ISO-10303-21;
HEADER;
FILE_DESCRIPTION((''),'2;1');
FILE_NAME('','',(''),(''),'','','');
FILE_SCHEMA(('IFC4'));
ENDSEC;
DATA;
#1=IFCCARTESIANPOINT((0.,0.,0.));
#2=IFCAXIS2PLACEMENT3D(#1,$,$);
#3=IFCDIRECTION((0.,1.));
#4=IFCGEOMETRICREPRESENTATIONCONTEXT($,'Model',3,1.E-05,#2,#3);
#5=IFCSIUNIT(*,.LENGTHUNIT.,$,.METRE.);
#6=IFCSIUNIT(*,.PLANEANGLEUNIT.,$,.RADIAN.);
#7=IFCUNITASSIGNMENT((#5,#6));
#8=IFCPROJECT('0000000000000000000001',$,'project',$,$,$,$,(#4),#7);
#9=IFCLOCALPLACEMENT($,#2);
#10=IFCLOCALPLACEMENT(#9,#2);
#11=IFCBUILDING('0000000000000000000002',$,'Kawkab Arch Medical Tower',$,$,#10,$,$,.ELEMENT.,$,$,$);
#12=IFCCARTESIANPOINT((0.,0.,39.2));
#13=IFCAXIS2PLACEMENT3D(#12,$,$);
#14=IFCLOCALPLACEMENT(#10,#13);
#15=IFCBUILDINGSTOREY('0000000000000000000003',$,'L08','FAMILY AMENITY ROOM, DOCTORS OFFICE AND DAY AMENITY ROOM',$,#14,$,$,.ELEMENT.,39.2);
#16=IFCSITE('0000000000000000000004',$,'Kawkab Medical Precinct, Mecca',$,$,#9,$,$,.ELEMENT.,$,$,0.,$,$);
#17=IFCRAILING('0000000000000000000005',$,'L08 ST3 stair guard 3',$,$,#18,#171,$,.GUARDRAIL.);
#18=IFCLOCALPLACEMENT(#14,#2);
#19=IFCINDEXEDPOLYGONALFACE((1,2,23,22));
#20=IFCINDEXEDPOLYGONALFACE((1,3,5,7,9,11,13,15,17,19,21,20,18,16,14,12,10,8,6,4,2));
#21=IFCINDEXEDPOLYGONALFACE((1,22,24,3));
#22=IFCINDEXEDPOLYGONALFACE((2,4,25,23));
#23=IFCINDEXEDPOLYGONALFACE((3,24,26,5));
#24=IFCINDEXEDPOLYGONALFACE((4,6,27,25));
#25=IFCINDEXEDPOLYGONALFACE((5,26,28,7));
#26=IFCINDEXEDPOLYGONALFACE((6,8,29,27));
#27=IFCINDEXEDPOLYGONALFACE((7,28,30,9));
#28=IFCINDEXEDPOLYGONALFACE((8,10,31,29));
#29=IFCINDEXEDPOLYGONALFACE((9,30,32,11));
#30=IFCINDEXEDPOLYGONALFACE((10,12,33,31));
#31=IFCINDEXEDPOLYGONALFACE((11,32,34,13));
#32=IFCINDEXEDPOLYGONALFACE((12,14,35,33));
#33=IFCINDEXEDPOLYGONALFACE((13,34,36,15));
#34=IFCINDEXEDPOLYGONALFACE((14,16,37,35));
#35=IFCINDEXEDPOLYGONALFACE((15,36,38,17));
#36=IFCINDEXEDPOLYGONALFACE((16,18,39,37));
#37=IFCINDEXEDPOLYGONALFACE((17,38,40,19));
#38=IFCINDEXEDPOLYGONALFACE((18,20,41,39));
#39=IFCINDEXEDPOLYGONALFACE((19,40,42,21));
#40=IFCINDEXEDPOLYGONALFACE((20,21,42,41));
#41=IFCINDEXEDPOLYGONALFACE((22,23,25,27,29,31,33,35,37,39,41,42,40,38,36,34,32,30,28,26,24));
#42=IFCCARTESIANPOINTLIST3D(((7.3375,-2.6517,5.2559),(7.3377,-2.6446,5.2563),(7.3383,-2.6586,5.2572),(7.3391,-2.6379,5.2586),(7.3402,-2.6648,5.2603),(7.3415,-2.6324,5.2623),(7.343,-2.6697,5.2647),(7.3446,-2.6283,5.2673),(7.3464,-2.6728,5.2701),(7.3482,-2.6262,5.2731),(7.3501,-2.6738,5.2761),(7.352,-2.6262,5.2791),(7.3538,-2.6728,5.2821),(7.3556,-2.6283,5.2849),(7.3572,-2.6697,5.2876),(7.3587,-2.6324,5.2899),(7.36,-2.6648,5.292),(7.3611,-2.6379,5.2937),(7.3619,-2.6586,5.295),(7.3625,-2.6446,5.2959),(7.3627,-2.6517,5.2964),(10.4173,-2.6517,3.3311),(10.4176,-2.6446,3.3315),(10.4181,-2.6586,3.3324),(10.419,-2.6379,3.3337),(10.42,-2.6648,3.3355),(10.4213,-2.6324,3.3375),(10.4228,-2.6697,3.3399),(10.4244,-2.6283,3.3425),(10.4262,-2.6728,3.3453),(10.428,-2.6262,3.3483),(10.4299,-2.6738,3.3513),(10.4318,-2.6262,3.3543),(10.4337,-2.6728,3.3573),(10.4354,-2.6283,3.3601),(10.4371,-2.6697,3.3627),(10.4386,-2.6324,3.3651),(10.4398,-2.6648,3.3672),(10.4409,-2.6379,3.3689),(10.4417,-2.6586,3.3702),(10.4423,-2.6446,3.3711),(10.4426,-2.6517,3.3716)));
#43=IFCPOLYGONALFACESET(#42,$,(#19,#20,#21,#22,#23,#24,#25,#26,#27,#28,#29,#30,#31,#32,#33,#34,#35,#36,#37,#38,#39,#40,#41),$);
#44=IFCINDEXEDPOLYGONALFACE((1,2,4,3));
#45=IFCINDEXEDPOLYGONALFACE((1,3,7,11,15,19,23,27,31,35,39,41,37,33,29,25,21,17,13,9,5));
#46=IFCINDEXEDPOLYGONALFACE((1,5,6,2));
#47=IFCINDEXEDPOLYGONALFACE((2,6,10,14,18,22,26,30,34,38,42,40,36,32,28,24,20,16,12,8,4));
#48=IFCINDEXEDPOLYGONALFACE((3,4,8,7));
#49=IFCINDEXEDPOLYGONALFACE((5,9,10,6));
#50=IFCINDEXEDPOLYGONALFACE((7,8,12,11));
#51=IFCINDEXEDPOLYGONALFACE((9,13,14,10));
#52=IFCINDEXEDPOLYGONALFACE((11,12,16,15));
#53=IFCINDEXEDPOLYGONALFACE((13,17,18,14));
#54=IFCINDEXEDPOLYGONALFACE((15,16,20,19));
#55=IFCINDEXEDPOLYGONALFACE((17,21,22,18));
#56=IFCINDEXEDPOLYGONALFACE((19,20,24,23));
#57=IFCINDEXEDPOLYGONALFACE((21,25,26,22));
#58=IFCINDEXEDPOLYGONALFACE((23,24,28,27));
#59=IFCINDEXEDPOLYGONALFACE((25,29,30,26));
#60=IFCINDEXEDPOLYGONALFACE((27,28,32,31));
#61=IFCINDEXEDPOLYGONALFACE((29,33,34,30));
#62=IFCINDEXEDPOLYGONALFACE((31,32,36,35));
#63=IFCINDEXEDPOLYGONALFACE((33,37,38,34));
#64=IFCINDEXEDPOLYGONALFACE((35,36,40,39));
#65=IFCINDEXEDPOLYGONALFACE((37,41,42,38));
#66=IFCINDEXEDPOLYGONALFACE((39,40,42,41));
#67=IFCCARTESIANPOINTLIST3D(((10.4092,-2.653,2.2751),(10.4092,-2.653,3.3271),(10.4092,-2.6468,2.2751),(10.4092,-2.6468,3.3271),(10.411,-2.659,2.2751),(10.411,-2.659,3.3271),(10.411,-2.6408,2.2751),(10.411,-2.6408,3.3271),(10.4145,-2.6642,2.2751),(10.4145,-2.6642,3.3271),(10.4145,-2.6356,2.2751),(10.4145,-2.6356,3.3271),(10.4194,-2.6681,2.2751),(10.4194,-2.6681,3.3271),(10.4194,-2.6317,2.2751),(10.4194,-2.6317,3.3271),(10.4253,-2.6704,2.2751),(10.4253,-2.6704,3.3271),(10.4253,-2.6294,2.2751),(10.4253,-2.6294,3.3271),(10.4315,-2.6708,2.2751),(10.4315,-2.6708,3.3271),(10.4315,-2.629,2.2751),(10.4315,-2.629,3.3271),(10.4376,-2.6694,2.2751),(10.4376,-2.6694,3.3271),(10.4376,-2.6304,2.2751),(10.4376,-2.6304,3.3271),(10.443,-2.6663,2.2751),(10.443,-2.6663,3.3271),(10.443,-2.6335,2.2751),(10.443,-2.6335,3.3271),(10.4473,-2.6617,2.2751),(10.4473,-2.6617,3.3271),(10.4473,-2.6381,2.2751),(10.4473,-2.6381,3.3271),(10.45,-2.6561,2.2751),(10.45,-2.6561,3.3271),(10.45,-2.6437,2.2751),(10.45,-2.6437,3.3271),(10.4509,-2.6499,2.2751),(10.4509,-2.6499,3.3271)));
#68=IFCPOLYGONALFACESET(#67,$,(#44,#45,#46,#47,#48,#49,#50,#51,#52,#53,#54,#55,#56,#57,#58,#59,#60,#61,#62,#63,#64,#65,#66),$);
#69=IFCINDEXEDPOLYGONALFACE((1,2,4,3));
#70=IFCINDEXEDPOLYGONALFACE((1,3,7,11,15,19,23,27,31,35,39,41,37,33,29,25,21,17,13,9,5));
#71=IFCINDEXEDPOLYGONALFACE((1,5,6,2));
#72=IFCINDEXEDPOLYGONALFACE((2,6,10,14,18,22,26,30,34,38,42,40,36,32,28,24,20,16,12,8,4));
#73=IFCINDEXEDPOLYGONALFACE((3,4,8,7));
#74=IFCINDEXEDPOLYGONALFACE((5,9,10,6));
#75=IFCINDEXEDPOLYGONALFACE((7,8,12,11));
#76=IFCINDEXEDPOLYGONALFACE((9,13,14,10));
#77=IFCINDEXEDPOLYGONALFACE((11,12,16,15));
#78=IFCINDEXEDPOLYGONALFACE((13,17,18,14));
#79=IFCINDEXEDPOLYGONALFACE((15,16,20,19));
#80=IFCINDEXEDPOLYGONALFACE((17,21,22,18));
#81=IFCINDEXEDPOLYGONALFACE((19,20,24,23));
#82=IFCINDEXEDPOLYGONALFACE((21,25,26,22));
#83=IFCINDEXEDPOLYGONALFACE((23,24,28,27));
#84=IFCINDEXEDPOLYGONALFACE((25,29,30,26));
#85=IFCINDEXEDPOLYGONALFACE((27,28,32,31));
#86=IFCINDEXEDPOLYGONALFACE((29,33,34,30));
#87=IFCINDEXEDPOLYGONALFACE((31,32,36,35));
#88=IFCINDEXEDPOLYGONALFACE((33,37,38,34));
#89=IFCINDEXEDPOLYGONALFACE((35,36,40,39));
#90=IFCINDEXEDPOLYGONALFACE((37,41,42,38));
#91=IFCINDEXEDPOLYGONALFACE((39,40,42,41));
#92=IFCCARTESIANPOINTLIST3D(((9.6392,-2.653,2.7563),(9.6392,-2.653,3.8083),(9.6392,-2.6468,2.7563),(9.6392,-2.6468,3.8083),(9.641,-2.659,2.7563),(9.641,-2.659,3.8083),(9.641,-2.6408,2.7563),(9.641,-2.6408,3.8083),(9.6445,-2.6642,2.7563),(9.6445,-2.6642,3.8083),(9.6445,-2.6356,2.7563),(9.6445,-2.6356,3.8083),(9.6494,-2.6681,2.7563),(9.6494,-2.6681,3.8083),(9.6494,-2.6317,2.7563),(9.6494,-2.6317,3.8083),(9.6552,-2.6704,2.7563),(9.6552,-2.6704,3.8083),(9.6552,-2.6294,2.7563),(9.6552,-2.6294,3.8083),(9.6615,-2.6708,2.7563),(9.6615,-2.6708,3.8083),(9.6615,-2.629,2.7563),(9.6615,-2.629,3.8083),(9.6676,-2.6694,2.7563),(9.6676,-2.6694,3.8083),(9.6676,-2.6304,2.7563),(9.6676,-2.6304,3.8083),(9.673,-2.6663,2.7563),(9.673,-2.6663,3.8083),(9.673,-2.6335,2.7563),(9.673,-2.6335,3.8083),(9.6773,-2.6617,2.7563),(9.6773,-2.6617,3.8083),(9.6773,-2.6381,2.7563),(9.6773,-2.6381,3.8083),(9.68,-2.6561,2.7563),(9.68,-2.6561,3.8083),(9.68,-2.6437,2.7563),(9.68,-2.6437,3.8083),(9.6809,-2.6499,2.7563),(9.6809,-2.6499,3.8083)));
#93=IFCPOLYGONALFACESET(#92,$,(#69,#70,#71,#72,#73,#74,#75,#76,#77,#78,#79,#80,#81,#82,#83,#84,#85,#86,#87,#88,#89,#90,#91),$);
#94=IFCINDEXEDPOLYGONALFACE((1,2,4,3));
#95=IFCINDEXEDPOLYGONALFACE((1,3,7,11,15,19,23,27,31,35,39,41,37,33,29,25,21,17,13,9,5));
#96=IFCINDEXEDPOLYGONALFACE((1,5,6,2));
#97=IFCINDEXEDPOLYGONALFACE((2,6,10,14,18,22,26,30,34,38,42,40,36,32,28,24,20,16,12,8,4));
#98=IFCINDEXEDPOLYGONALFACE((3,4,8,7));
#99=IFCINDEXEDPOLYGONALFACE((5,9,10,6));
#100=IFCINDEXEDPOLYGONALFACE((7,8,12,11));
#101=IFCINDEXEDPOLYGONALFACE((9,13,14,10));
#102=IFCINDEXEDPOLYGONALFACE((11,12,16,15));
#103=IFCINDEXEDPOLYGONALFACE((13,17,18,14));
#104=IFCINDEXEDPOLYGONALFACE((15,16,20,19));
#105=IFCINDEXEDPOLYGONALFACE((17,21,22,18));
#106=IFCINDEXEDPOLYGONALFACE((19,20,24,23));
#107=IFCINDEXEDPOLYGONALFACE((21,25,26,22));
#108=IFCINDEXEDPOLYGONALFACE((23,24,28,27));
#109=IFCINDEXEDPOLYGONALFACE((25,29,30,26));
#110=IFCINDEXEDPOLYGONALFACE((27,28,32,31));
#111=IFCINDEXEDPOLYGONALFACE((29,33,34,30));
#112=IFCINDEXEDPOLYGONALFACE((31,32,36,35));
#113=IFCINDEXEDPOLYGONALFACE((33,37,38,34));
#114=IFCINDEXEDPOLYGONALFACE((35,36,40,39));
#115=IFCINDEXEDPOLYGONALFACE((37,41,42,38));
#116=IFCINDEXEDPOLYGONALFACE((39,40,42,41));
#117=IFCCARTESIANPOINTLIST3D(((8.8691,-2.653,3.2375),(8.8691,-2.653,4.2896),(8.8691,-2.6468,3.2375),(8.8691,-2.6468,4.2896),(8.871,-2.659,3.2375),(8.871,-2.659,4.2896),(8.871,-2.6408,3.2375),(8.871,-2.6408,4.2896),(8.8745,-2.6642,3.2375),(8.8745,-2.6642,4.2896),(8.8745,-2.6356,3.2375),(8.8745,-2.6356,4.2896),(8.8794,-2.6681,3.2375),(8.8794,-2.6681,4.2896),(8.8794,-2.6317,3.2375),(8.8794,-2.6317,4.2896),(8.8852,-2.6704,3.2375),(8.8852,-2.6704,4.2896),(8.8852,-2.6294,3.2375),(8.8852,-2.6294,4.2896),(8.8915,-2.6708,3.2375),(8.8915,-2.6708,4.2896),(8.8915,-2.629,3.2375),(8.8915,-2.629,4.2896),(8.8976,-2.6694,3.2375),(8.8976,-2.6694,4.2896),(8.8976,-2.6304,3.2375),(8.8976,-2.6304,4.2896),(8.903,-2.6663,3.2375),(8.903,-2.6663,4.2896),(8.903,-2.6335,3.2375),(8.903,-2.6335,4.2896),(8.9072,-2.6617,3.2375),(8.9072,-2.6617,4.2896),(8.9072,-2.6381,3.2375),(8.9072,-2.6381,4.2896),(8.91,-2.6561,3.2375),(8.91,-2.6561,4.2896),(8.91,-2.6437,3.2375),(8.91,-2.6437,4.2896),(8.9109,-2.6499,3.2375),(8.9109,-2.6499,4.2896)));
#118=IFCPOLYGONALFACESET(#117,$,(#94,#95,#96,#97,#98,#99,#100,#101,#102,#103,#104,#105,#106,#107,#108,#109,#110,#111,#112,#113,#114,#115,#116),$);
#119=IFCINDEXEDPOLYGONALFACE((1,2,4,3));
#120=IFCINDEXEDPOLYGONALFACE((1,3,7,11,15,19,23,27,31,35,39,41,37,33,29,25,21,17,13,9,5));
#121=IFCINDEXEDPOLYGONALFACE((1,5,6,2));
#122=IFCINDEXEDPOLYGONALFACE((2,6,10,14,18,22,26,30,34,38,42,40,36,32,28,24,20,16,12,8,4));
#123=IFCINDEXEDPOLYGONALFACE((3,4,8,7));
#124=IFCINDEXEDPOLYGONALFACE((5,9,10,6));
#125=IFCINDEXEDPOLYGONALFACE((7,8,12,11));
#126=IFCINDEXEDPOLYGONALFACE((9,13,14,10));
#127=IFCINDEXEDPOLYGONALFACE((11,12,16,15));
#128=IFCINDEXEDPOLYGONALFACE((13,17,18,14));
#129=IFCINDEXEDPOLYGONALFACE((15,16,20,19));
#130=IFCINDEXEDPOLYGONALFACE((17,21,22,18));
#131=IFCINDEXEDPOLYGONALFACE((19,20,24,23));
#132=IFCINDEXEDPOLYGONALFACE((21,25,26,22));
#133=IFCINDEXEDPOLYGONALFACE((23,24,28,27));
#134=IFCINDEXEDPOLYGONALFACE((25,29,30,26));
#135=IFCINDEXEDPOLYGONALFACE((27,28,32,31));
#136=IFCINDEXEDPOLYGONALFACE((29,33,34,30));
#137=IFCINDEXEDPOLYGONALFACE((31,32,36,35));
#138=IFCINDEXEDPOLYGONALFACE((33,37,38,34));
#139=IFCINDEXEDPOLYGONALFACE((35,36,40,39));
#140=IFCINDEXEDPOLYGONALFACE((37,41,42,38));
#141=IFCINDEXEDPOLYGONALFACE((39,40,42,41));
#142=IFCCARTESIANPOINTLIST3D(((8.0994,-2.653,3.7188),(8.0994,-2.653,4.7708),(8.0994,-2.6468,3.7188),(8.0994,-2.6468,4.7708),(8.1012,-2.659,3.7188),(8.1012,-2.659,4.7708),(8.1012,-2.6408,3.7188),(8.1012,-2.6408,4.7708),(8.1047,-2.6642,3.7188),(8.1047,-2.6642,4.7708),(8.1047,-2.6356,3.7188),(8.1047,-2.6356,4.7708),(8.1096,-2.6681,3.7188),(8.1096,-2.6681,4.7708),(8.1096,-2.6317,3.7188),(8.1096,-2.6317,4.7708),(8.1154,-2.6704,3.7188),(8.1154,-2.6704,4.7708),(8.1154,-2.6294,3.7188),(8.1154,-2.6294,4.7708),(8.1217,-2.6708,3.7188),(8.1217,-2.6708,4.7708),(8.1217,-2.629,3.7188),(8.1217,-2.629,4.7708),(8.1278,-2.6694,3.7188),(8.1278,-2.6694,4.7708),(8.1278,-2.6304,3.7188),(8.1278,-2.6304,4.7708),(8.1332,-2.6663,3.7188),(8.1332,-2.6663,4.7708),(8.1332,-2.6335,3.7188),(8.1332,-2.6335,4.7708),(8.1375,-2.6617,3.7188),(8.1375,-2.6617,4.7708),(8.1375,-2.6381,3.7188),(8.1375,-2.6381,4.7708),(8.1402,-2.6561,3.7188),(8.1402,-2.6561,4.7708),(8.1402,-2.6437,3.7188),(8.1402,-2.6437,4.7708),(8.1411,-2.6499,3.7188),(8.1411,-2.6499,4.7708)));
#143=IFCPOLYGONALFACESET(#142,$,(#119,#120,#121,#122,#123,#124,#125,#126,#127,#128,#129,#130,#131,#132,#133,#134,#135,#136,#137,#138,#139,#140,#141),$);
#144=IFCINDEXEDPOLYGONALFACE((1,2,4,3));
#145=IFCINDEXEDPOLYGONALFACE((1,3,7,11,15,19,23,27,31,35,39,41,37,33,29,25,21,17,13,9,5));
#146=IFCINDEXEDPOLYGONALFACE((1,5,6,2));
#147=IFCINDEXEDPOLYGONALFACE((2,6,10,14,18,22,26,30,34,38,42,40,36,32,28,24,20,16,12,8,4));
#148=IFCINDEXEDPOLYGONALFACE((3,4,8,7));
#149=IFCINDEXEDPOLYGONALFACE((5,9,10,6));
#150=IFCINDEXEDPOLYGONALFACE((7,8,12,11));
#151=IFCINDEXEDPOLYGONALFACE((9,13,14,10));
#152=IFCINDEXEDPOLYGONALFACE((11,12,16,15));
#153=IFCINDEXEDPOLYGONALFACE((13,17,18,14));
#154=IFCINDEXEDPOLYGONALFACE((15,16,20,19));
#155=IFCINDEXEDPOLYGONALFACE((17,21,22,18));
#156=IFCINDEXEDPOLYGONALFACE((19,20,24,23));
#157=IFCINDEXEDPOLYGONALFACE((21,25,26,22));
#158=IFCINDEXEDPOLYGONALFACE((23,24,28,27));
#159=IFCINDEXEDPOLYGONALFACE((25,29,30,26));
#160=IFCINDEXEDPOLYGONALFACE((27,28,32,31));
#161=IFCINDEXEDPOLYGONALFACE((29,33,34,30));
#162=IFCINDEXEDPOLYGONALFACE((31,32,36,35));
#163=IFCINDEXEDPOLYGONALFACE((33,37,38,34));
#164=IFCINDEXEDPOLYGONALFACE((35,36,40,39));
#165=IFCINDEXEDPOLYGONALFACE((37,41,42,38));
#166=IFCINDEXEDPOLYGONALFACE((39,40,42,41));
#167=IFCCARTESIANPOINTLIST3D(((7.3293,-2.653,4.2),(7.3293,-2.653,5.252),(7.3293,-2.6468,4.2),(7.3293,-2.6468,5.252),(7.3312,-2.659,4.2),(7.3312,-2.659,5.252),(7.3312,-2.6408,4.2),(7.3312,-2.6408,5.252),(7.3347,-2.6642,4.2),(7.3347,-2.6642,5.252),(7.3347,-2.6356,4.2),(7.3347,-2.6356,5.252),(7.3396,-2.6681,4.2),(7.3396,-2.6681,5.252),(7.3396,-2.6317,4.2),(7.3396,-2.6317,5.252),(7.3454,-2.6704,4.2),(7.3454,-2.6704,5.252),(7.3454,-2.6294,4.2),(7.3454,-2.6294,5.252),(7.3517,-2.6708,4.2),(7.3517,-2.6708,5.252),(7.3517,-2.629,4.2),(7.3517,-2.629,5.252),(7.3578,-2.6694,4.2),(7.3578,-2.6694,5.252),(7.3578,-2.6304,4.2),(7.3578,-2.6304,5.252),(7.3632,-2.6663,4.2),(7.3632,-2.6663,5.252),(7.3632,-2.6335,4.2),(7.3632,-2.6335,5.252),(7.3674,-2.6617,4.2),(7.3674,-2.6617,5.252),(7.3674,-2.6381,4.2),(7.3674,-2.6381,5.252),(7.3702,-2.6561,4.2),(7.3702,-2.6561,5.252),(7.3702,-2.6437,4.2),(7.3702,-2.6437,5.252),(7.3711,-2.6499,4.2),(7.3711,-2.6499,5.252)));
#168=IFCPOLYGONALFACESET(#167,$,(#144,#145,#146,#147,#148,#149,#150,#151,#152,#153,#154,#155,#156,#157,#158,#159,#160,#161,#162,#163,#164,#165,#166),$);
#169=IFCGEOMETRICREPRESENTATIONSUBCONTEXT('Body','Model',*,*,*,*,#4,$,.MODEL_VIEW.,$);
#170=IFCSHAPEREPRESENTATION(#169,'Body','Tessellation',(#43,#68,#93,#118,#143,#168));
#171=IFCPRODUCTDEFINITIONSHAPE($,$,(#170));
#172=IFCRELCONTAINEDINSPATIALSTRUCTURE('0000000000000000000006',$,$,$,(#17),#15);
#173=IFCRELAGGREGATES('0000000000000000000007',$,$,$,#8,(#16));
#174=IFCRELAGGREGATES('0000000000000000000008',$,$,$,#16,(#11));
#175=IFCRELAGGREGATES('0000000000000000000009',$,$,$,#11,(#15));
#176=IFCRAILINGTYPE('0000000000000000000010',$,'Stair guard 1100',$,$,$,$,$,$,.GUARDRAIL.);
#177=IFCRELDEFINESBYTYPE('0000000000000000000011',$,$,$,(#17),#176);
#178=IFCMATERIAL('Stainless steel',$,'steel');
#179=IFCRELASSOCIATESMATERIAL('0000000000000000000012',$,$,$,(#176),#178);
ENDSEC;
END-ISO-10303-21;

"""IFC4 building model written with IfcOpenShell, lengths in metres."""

from ifc_helpers import new_model, si_unit, direction, frame, origin, origin_2d, place, context, subcontext, project, spatial, circle, extrude, material, type_object, element, save


model = new_model("IFC4")

# Units and contexts
model_context = context("Model", 3, precision=1e-05, world=origin(), true_north=direction((0.0, 1.0)))
body_context = subcontext(model_context, "Body", "Model", "MODEL_VIEW")
ifc_project = project(units=[si_unit("LENGTHUNIT", "METRE"), si_unit("PLANEANGLEUNIT", "RADIAN")], contexts=[model_context])

# Site, building, storey
site_placement = place(None, origin())
site = spatial("IfcSite", under=ifc_project, at=site_placement, Name="Kawkab Medical Precinct, Mecca", CompositionType="ELEMENT", RefElevation=0.0)
building_placement = place(site_placement, origin())
building = spatial("IfcBuilding", under=site, at=building_placement, Name="Kawkab Arch Medical Tower", CompositionType="ELEMENT")
storey_placement = place(building_placement, frame((0.0, 0.0, 39.2)))
storey = spatial("IfcBuildingStorey", under=building, at=storey_placement, Name="L08", Description="FAMILY AMENITY ROOM, DOCTORS OFFICE AND DAY AMENITY ROOM", CompositionType="ELEMENT", Elevation=39.2)

# Railing
ifc_material_1 = material(Name="Stainless steel", Category="steel")
railing_type_1 = type_object("IfcRailingType", Name="Stair guard 1100", PredefinedType="GUARDRAIL", material=ifc_material_1)
railing_1_placement = place(storey_placement, frame((10.4299, -2.6499, 2.2751)))
element("IfcRailing", 1, at=railing_1_placement, inside=storey, type_object=railing_type_1, Name="L08 ST3 stair guard 3", PredefinedType="GUARDRAIL", context=body_context, shape_type="SweptSolid", body=[
    extrude(circle(Radius=0.0239, at=origin_2d()), frame((0.0, 0.0, 1.0762), z_axis=(-0.84801, 0.0, 0.529981), x_axis=(0.0, -1.0, 0.0)), (0.0, 0.0, 1.0), 3.6318),
    extrude(circle(Radius=0.021, at=origin_2d()), origin(), (0.0, 0.0, 1.0), 1.052),
    extrude(circle(Radius=0.021, at=origin_2d()), frame((-0.77, 0.0, 0.4812)), (0.0, 0.0, 1.0), 1.052),
    extrude(circle(Radius=0.021, at=origin_2d()), frame((-1.54, 0.0, 0.9624)), (0.0, 0.0, 1.0), 1.052),
    extrude(circle(Radius=0.021, at=origin_2d()), frame((-2.3098, 0.0, 1.4436)), (0.0, 0.0, 1.0), 1.052),
    extrude(circle(Radius=0.021, at=origin_2d()), frame((-3.0798, 0.0, 1.9248)), (0.0, 0.0, 1.0), 1.052),
])

save(model, "model.ifc")
